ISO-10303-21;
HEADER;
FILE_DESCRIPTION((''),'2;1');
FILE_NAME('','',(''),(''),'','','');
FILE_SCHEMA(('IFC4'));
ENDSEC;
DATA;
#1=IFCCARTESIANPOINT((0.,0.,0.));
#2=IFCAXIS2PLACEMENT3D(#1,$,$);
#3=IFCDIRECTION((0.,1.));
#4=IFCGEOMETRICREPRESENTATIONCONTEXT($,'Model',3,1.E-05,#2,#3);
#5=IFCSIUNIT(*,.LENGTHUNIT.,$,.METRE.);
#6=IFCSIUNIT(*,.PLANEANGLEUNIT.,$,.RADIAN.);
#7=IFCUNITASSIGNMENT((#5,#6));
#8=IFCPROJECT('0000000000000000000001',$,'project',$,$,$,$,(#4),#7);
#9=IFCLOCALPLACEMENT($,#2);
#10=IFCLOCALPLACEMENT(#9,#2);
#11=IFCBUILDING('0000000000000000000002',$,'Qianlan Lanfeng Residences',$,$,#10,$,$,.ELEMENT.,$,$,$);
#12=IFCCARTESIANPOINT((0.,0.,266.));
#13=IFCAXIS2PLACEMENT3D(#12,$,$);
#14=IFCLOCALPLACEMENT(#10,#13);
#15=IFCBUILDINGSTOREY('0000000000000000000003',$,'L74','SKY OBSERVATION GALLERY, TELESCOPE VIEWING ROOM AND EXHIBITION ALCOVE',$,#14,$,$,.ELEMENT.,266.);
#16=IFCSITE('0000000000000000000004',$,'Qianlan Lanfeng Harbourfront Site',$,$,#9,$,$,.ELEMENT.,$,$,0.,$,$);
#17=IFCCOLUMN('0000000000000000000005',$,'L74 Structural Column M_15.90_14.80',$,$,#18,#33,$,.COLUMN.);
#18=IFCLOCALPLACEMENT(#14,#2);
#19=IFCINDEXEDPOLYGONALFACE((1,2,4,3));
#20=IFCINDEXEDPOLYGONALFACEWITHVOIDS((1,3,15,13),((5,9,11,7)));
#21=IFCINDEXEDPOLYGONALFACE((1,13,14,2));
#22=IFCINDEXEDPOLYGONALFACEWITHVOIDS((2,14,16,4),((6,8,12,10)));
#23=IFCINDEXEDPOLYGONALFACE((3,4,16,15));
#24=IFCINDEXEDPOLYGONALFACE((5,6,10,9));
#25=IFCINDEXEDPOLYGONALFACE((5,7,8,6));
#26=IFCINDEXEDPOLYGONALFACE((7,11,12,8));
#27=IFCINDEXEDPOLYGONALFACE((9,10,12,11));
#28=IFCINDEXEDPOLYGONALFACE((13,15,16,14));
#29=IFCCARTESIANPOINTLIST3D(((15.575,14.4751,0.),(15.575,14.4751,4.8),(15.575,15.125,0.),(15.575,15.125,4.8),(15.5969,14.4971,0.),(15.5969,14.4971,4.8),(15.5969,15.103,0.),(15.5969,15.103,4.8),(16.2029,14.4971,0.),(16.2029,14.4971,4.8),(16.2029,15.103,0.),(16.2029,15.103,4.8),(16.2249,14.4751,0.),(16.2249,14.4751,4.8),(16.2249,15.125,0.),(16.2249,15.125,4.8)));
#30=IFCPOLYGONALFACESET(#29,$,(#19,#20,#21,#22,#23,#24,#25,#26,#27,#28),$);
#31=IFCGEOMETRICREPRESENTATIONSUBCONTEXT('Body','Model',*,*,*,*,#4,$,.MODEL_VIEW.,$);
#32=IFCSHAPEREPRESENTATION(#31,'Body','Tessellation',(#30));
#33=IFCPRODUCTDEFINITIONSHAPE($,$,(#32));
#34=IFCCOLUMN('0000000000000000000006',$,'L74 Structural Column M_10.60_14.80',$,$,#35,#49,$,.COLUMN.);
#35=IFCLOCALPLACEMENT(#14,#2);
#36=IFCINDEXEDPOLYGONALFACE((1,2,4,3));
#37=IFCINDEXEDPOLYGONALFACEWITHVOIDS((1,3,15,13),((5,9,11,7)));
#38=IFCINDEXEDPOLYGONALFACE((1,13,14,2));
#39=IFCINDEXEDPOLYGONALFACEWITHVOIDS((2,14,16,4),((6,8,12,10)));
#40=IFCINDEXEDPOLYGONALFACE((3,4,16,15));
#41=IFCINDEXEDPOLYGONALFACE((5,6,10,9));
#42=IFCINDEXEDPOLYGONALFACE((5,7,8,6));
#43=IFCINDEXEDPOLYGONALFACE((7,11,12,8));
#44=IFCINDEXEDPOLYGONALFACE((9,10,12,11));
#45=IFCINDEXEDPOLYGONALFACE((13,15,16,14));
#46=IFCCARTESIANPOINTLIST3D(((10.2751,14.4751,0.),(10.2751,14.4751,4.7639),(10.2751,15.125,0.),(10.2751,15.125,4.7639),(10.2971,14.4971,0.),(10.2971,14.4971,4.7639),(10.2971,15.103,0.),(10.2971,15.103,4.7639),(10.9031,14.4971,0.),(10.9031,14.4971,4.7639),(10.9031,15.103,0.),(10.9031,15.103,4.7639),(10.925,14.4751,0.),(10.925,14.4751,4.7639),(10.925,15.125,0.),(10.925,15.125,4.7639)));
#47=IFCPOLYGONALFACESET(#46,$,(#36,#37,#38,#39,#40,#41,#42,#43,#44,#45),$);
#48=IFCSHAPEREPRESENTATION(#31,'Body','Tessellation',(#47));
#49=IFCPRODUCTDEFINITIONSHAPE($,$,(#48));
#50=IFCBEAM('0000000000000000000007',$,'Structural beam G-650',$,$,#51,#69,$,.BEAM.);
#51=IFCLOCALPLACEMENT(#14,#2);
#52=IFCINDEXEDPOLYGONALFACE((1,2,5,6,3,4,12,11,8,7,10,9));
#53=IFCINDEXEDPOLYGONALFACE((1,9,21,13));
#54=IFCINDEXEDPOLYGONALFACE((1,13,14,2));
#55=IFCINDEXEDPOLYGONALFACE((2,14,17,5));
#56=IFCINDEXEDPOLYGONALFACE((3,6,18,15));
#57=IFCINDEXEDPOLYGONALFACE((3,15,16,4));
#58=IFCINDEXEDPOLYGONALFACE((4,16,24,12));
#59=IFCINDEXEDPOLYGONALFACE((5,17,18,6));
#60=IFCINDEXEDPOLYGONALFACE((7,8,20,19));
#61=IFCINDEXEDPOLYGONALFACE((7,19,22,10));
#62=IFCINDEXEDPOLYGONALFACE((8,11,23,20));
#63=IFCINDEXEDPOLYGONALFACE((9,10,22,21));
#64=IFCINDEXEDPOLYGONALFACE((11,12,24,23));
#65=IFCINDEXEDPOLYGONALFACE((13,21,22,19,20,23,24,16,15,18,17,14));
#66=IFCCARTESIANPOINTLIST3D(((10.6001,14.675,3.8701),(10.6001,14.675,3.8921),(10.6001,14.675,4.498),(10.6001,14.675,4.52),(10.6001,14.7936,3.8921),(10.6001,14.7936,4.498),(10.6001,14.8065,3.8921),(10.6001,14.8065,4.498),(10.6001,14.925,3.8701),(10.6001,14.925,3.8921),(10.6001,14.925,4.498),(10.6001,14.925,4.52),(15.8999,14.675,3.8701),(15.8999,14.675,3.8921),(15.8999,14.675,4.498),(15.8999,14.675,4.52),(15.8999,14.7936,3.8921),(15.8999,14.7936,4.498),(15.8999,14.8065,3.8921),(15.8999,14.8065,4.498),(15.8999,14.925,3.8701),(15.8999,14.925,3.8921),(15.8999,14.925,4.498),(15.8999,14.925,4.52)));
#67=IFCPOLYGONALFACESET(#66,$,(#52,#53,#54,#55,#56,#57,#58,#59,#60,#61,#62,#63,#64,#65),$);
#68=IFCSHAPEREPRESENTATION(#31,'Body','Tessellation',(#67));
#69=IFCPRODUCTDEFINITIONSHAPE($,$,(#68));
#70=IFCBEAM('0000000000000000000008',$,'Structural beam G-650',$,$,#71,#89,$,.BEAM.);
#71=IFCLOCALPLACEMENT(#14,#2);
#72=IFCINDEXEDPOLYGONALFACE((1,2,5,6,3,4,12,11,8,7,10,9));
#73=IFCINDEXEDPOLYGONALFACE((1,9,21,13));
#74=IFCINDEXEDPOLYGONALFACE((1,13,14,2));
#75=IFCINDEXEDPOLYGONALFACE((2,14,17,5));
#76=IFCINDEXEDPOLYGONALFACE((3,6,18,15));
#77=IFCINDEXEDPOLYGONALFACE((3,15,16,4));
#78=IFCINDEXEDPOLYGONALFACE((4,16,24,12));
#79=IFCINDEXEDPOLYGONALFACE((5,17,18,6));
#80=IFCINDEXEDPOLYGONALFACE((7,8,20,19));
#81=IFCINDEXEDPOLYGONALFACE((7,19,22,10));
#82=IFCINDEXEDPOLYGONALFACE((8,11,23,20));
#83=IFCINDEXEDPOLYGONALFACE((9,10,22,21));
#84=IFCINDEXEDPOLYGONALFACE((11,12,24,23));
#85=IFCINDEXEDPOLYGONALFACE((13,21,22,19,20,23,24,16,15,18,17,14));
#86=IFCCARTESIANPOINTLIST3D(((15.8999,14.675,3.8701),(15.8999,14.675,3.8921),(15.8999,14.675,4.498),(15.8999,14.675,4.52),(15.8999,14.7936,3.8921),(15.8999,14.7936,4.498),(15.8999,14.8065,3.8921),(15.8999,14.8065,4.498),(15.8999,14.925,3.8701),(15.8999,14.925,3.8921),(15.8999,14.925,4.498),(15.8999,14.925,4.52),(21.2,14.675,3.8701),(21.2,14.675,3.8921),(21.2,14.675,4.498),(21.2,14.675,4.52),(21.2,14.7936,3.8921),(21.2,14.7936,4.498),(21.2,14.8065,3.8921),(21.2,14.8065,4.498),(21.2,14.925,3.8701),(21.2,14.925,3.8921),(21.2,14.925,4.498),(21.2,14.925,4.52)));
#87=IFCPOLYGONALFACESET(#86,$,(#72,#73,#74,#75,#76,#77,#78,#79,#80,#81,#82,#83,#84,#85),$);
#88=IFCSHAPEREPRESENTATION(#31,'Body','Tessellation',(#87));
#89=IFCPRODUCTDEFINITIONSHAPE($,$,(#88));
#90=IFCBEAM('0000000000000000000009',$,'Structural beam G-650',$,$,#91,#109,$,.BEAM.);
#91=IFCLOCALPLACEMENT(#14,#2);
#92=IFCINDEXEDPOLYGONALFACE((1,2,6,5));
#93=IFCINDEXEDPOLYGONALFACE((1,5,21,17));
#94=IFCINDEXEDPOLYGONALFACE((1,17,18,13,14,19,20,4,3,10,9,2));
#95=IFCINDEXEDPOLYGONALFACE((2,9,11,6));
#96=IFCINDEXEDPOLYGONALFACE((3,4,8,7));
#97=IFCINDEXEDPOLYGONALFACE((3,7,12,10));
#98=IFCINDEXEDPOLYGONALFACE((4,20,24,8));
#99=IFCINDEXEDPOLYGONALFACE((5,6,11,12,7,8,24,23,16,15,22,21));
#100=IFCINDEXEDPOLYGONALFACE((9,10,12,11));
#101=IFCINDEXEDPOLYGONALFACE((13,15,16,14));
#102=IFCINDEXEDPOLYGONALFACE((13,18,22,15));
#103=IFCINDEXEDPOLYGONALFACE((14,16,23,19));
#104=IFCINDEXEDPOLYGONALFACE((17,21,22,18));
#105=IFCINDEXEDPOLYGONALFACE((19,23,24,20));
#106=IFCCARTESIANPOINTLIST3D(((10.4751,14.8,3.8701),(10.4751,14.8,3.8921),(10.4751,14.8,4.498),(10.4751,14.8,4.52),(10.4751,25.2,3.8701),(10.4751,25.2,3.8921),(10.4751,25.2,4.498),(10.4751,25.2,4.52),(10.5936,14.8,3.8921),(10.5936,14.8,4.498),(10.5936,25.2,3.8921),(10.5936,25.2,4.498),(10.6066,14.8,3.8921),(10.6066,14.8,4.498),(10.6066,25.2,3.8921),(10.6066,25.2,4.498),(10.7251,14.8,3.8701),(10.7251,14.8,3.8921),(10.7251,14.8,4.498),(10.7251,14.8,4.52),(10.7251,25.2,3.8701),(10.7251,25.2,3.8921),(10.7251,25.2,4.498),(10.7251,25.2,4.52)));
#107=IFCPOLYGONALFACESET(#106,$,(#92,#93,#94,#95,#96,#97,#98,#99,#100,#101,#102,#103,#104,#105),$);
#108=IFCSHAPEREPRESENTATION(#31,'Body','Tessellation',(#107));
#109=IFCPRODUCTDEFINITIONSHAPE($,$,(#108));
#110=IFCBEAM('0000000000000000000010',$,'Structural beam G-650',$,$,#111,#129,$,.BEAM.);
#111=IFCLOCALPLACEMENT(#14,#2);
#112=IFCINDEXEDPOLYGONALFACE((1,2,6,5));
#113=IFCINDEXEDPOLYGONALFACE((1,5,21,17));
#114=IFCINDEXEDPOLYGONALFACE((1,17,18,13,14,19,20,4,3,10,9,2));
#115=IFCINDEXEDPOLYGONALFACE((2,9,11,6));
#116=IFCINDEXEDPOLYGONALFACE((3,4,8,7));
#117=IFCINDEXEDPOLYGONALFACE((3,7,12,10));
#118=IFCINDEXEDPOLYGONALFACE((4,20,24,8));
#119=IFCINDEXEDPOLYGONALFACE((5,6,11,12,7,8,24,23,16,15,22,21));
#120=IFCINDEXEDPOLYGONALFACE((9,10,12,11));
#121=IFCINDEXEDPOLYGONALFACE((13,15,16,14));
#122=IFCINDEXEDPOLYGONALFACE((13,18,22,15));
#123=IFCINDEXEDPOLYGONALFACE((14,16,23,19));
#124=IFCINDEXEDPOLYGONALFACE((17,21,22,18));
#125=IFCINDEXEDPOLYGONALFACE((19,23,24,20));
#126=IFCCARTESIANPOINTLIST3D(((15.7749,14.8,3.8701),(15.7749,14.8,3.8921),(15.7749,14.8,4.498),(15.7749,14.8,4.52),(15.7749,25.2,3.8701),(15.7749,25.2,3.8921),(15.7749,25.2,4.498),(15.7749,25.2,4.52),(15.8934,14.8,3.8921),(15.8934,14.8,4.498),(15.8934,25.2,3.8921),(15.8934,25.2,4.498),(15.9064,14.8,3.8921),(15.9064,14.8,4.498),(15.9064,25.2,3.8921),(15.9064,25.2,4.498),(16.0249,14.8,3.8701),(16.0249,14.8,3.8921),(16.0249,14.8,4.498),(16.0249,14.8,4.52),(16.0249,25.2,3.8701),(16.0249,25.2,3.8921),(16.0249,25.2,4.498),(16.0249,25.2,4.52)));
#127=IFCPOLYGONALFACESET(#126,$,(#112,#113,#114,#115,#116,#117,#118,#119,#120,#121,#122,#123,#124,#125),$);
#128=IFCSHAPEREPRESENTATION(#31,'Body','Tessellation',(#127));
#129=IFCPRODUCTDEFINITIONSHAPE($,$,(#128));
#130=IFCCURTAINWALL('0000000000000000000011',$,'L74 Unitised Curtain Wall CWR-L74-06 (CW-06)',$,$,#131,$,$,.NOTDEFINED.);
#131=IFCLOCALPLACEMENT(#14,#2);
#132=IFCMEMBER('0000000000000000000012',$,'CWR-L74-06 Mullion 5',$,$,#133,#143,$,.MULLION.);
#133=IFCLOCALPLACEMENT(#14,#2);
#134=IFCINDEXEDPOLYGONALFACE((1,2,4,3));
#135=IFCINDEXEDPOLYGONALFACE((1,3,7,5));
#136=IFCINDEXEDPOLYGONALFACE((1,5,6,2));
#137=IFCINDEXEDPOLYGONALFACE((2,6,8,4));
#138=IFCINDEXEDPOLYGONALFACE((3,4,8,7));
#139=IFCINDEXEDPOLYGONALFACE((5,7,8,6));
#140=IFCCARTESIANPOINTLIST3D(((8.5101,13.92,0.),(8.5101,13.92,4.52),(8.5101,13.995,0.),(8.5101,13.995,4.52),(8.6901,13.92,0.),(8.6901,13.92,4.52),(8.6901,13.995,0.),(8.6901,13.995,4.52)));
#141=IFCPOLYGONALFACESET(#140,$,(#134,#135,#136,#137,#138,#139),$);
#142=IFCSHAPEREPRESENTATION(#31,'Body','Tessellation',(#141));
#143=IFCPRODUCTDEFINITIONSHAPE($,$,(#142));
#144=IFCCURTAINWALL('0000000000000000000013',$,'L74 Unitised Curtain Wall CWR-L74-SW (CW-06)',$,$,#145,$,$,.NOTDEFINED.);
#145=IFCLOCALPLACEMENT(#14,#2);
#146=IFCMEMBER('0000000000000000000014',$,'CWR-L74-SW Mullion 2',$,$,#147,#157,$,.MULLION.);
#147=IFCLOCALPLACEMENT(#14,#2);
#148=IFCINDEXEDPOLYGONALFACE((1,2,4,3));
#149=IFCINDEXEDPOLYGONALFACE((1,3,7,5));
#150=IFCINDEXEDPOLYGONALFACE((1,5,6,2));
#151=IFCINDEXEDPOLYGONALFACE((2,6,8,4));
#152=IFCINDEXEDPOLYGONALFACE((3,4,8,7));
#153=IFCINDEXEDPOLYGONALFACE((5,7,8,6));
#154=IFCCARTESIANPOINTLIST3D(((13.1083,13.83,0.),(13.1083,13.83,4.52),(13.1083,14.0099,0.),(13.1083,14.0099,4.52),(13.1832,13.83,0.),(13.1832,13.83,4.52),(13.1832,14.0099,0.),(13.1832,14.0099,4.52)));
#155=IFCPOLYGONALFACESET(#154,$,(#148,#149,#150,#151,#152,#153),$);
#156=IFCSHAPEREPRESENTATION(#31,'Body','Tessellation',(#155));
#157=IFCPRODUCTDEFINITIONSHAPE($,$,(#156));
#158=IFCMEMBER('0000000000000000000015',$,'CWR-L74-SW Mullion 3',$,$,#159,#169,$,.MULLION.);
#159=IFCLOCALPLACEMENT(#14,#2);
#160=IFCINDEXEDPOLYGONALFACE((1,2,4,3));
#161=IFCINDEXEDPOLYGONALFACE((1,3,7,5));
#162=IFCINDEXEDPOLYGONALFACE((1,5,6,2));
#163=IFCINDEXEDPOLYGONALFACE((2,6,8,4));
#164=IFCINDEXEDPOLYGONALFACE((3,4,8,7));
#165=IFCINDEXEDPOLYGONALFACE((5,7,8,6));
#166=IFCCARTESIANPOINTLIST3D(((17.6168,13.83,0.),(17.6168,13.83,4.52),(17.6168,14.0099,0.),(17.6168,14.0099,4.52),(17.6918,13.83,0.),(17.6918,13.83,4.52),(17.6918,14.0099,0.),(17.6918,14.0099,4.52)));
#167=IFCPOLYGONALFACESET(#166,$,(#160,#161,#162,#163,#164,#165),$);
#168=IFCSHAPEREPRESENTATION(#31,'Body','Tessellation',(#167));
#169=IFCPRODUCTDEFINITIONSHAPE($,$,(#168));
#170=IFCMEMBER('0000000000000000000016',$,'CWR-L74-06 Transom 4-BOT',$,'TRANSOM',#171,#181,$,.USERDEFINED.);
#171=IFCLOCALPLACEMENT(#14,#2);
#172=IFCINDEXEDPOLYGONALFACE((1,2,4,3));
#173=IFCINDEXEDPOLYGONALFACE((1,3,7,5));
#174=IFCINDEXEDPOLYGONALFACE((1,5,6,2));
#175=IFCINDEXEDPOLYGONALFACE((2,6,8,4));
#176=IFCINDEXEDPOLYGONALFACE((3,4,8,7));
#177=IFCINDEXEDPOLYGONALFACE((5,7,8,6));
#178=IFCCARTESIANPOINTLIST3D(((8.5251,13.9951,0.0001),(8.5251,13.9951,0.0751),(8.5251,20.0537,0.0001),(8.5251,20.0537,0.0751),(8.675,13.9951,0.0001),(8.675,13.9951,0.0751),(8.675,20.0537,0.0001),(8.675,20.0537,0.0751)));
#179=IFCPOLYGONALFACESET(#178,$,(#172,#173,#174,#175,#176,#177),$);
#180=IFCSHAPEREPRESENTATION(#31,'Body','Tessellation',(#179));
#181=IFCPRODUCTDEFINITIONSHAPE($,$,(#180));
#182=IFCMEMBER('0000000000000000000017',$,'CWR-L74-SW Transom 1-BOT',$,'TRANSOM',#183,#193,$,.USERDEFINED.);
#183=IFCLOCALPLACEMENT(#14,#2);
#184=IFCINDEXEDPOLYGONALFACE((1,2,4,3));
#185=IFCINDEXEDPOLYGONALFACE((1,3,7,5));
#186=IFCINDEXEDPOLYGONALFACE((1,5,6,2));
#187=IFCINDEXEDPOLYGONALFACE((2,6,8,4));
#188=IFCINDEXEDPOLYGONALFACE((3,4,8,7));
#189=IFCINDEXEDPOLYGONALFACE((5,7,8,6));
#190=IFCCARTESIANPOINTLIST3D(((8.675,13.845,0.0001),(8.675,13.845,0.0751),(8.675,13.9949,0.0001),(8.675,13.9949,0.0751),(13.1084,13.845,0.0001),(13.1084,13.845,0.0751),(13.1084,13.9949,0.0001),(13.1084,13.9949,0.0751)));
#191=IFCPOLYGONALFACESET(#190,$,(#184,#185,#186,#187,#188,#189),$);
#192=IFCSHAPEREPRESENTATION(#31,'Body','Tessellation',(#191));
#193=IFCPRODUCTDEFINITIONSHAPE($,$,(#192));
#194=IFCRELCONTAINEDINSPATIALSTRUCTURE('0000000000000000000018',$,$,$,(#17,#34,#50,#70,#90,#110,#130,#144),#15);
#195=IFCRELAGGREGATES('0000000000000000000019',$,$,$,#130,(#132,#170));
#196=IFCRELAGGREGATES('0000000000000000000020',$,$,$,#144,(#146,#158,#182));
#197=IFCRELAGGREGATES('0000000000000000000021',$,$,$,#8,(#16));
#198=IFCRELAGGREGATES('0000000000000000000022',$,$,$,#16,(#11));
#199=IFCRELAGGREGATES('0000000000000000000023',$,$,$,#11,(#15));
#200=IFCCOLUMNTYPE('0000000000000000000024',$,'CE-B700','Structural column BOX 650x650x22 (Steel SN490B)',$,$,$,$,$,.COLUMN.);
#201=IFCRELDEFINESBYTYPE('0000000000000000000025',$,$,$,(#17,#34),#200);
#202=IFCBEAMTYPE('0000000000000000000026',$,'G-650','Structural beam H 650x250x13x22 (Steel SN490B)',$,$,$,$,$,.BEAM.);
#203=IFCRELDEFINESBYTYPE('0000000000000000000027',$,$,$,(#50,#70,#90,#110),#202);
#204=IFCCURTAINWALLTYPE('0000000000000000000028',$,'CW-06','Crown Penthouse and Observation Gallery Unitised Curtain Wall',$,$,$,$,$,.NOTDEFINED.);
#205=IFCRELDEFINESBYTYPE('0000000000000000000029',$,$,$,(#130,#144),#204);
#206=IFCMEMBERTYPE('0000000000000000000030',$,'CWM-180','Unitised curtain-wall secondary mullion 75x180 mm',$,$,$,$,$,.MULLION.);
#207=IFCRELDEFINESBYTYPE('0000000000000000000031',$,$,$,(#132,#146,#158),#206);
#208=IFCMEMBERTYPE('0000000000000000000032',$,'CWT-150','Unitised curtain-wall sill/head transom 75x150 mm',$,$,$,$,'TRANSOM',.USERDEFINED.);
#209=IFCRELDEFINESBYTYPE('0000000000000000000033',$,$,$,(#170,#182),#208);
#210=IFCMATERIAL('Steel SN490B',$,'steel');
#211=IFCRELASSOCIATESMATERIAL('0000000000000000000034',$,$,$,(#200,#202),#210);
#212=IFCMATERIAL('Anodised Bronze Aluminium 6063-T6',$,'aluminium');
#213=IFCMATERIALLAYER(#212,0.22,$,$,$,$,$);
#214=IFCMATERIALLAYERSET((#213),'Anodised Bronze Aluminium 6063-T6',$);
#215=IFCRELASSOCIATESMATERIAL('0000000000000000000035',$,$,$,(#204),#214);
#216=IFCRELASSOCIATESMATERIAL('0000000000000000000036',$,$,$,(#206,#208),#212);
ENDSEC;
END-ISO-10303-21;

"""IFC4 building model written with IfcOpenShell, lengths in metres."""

from ifc_helpers import new_model, si_unit, direction, frame, origin, origin_2d, place, context, subcontext, project, spatial, rectangle, hollow_rectangle, i_section, extrude, source, transform, mapped, material, layer, layer_set, material_profile, profile_set, type_object, element, aggregate, save


model = new_model("IFC4")

# Units and contexts
model_context = context("Model", 3, precision=1e-05, world=origin(), true_north=direction((0.0, 1.0)))
body_context = subcontext(model_context, "Body", "Model", "MODEL_VIEW")
ifc_project = project(units=[si_unit("LENGTHUNIT", "METRE"), si_unit("PLANEANGLEUNIT", "RADIAN")], contexts=[model_context])

# Site, building, storey
site_placement = place(None, origin())
site = spatial("IfcSite", under=ifc_project, at=site_placement, Name="Qianlan Lanfeng Harbourfront Site", CompositionType="ELEMENT", RefElevation=0.0)
building_placement = place(site_placement, origin())
building = spatial("IfcBuilding", under=site, at=building_placement, Name="Qianlan Lanfeng Residences", CompositionType="ELEMENT")
storey_placement = place(building_placement, frame((0.0, 0.0, 266.0)))
storey = spatial("IfcBuildingStorey", under=building, at=storey_placement, Name="L74", Description="SKY OBSERVATION GALLERY, TELESCOPE VIEWING ROOM AND EXHIBITION ALCOVE", CompositionType="ELEMENT", Elevation=266.0)

# Columns
ifc_material_1 = material(Name="Steel SN490B", Category="steel")
ifc_material_profile_1 = material_profile(ifc_material_1, hollow_rectangle(XDim=0.6499, YDim=0.6499, WallThickness=0.022, at=origin_2d()), Name="BOX 650x650x22")
ifc_profile_set_1 = profile_set([ifc_material_profile_1], Name="Steel SN490B")
column_type = type_object("IfcColumnType", Name="CE-B700", Description="Structural column BOX 650x650x22 (Steel SN490B)", PredefinedType="COLUMN", material=ifc_profile_set_1)
column_1_placement = place(storey_placement, frame((15.8999, 14.8, 0.0), z_axis=(0.0, 0.0, 1.0), x_axis=(1.0, 0.0, 0.0)))
element("IfcColumn", 1, at=column_1_placement, inside=storey, type_object=column_type, Name="L74 Structural Column M_15.90_14.80", PredefinedType="COLUMN", context=body_context, shape_type="SweptSolid", body=[
    extrude(hollow_rectangle(XDim=0.6499, YDim=0.6499, WallThickness=0.022, at=origin_2d()), origin(), (0.0, 0.0, 1.0), 4.8),
])
column_2_placement = place(storey_placement, frame((10.6001, 14.8, 0.0), z_axis=(0.0, 0.0, 1.0), x_axis=(1.0, 0.0, 0.0)))
element("IfcColumn", 2, at=column_2_placement, inside=storey, type_object=column_type, Name="L74 Structural Column M_10.60_14.80", PredefinedType="COLUMN", context=body_context, shape_type="SweptSolid", body=[
    extrude(hollow_rectangle(XDim=0.6499, YDim=0.6499, WallThickness=0.022, at=origin_2d()), origin(), (0.0, 0.0, 1.0), 4.7639),
])

# Beams
ifc_material_profile_2 = material_profile(ifc_material_1, i_section(OverallWidth=0.25, OverallDepth=0.6499, WebThickness=0.0129, FlangeThickness=0.022, at=origin_2d()), Name="H 650x250x13x22")
ifc_profile_set_2 = profile_set([ifc_material_profile_2], Name="Steel SN490B")
beam_type = type_object("IfcBeamType", Name="G-650", Description="Structural beam H 650x250x13x22 (Steel SN490B)", PredefinedType="BEAM", material=ifc_profile_set_2)
beam_1_placement = place(storey_placement, frame((10.6001, 14.8, 4.1951), z_axis=(1.0, 0.0, 0.0), x_axis=(0.0, 1.0, 0.0)))
element("IfcBeam", 3, at=beam_1_placement, inside=storey, type_object=beam_type, Name="Structural beam G-650", PredefinedType="BEAM", context=body_context, shape_type="SweptSolid", body=[
    extrude(i_section(OverallWidth=0.25, OverallDepth=0.6499, WebThickness=0.0129, FlangeThickness=0.022, at=origin_2d()), origin(), (0.0, 0.0, 1.0), 5.2998),
])
beam_2_placement = place(storey_placement, frame((15.8999, 14.8, 4.1951), z_axis=(1.0, 0.0, 0.0), x_axis=(0.0, 1.0, 0.0)))
element("IfcBeam", 4, at=beam_2_placement, inside=storey, type_object=beam_type, Name="Structural beam G-650", PredefinedType="BEAM", context=body_context, shape_type="SweptSolid", body=[
    extrude(i_section(OverallWidth=0.25, OverallDepth=0.6499, WebThickness=0.0129, FlangeThickness=0.022, at=origin_2d()), origin(), (0.0, 0.0, 1.0), 5.3),
])
for number, where, z_axis, x_axis, name in (
    (5, (10.6001, 14.8, 4.1951), (0.0, 1.0, 0.0), (-1.0, 0.0, 0.0), "Structural beam G-650"),
    (6, (15.8999, 14.8, 4.1951), (0.0, 1.0, 0.0), (-1.0, 0.0, 0.0), "Structural beam G-650"),
):
    element("IfcBeam", number, at=place(storey_placement, frame(where, z_axis=z_axis, x_axis=x_axis)), inside=storey, type_object=beam_type, Name=name, PredefinedType="BEAM", context=body_context, shape_type="SweptSolid", body=[
        extrude(i_section(OverallWidth=0.25, OverallDepth=0.6499, WebThickness=0.0129, FlangeThickness=0.022, at=origin_2d()), origin(), (0.0, 0.0, 1.0), 10.3999),
    ])

# Curtain wall, member
ifc_material_2 = material(Name="Anodised Bronze Aluminium 6063-T6", Category="aluminium")
ifc_layer_1 = layer(ifc_material_2, 0.22)
ifc_layer_set_1 = layer_set([ifc_layer_1], Name="Anodised Bronze Aluminium 6063-T6")
curtain_wall_type = type_object("IfcCurtainWallType", Name="CW-06", Description="Crown Penthouse and Observation Gallery Unitised Curtain Wall", PredefinedType="NOTDEFINED", material=ifc_layer_set_1)
curtain_wall_1_placement = place(storey_placement, origin())
curtain_wall_1 = element("IfcCurtainWall", 7, at=curtain_wall_1_placement, inside=storey, type_object=curtain_wall_type, Name="L74 Unitised Curtain Wall CWR-L74-06 (CW-06)", PredefinedType="NOTDEFINED")
ifc_material_profile_3 = material_profile(ifc_material_2, rectangle(XDim=0.075, YDim=0.1799, at=origin_2d()), Name="ALU MULLION 75x180")
ifc_profile_set_3 = profile_set([ifc_material_profile_3], Name="Anodised Bronze Aluminium 6063-T6")
member_type_1 = type_object("IfcMemberType", Name="CWM-180", Description="Unitised curtain-wall secondary mullion 75x180 mm", PredefinedType="MULLION", material=ifc_profile_set_3)
shared_shape_1 = source(origin(), body_context, "Body", "SweptSolid", [
    extrude(rectangle(XDim=0.075, YDim=0.1799, at=origin_2d()), origin(), (0.0, 0.0, 1.0), 4.52),
])
member_1_placement = place(storey_placement, frame((8.6001, 13.9575, 0.0), z_axis=(0.0, 0.0, 1.0), x_axis=(0.0, -1.0, 0.0)))
member_1 = element("IfcMember", 8, at=member_1_placement, type_object=member_type_1, Name="CWR-L74-06 Mullion 5", PredefinedType="MULLION", context=body_context, shape_type="MappedRepresentation", body=[
    mapped(shared_shape_1, transform((0.0, 0.0, 0.0), scale=1.0)),
])

# Curtain wall, members
curtain_wall_2_placement = place(storey_placement, origin())
curtain_wall_2 = element("IfcCurtainWall", 9, at=curtain_wall_2_placement, inside=storey, type_object=curtain_wall_type, Name="L74 Unitised Curtain Wall CWR-L74-SW (CW-06)", PredefinedType="NOTDEFINED")
member_2_placement = place(storey_placement, frame((13.1458, 13.9199, 0.0), z_axis=(0.0, 0.0, 1.0), x_axis=(1.0, 0.0, 0.0)))
member_2 = element("IfcMember", 10, at=member_2_placement, type_object=member_type_1, Name="CWR-L74-SW Mullion 2", PredefinedType="MULLION", context=body_context, shape_type="MappedRepresentation", body=[
    mapped(shared_shape_1, transform((0.0, 0.0, 0.0), scale=1.0)),
])
member_3_placement = place(storey_placement, frame((17.6543, 13.9199, 0.0), z_axis=(0.0, 0.0, 1.0), x_axis=(1.0, 0.0, 0.0)))
member_3 = element("IfcMember", 11, at=member_3_placement, type_object=member_type_1, Name="CWR-L74-SW Mullion 3", PredefinedType="MULLION", context=body_context, shape_type="MappedRepresentation", body=[
    mapped(shared_shape_1, transform((0.0, 0.0, 0.0), scale=1.0)),
])

# Members
ifc_material_profile_4 = material_profile(ifc_material_2, rectangle(XDim=0.075, YDim=0.1499, at=origin_2d()), Name="ALU TRANSOM 75x150")
ifc_profile_set_4 = profile_set([ifc_material_profile_4], Name="Anodised Bronze Aluminium 6063-T6")
member_type_2 = type_object("IfcMemberType", Name="CWT-150", Description="Unitised curtain-wall sill/head transom 75x150 mm", ElementType="TRANSOM", PredefinedType="USERDEFINED", material=ifc_profile_set_4)
shared_shape_2 = source(origin(), body_context, "Body", "SweptSolid", [
    extrude(rectangle(XDim=0.075, YDim=0.1499, at=origin_2d()), origin(), (0.0, 0.0, 1.0), 6.0586),
])
member_4_placement = place(storey_placement, frame((8.6001, 20.0537, 0.0376), z_axis=(0.0, -1.0, 0.0), x_axis=(0.0, 0.0, 1.0)))
member_4 = element("IfcMember", 12, at=member_4_placement, type_object=member_type_2, Name="CWR-L74-06 Transom 4-BOT", ObjectType="TRANSOM", PredefinedType="USERDEFINED", context=body_context, shape_type="MappedRepresentation", body=[
    mapped(shared_shape_2, transform((0.0, 0.0, 0.0), scale=1.0)),
])
shared_shape_3 = source(origin(), body_context, "Body", "SweptSolid", [
    extrude(rectangle(XDim=0.075, YDim=0.1499, at=origin_2d()), origin(), (0.0, 0.0, 1.0), 4.4333),
])
member_5_placement = place(storey_placement, frame((8.675, 13.9199, 0.0376), z_axis=(1.0, 0.0, 0.0), x_axis=(0.0, 0.0, 1.0)))
member_5 = element("IfcMember", 13, at=member_5_placement, type_object=member_type_2, Name="CWR-L74-SW Transom 1-BOT", ObjectType="TRANSOM", PredefinedType="USERDEFINED", context=body_context, shape_type="MappedRepresentation", body=[
    mapped(shared_shape_3, transform((0.0, 0.0, 0.0), scale=1.0)),
])

aggregate(curtain_wall_1, [member_1, member_4])
aggregate(curtain_wall_2, [member_2, member_3, member_5])

save(model, "model.ifc")
